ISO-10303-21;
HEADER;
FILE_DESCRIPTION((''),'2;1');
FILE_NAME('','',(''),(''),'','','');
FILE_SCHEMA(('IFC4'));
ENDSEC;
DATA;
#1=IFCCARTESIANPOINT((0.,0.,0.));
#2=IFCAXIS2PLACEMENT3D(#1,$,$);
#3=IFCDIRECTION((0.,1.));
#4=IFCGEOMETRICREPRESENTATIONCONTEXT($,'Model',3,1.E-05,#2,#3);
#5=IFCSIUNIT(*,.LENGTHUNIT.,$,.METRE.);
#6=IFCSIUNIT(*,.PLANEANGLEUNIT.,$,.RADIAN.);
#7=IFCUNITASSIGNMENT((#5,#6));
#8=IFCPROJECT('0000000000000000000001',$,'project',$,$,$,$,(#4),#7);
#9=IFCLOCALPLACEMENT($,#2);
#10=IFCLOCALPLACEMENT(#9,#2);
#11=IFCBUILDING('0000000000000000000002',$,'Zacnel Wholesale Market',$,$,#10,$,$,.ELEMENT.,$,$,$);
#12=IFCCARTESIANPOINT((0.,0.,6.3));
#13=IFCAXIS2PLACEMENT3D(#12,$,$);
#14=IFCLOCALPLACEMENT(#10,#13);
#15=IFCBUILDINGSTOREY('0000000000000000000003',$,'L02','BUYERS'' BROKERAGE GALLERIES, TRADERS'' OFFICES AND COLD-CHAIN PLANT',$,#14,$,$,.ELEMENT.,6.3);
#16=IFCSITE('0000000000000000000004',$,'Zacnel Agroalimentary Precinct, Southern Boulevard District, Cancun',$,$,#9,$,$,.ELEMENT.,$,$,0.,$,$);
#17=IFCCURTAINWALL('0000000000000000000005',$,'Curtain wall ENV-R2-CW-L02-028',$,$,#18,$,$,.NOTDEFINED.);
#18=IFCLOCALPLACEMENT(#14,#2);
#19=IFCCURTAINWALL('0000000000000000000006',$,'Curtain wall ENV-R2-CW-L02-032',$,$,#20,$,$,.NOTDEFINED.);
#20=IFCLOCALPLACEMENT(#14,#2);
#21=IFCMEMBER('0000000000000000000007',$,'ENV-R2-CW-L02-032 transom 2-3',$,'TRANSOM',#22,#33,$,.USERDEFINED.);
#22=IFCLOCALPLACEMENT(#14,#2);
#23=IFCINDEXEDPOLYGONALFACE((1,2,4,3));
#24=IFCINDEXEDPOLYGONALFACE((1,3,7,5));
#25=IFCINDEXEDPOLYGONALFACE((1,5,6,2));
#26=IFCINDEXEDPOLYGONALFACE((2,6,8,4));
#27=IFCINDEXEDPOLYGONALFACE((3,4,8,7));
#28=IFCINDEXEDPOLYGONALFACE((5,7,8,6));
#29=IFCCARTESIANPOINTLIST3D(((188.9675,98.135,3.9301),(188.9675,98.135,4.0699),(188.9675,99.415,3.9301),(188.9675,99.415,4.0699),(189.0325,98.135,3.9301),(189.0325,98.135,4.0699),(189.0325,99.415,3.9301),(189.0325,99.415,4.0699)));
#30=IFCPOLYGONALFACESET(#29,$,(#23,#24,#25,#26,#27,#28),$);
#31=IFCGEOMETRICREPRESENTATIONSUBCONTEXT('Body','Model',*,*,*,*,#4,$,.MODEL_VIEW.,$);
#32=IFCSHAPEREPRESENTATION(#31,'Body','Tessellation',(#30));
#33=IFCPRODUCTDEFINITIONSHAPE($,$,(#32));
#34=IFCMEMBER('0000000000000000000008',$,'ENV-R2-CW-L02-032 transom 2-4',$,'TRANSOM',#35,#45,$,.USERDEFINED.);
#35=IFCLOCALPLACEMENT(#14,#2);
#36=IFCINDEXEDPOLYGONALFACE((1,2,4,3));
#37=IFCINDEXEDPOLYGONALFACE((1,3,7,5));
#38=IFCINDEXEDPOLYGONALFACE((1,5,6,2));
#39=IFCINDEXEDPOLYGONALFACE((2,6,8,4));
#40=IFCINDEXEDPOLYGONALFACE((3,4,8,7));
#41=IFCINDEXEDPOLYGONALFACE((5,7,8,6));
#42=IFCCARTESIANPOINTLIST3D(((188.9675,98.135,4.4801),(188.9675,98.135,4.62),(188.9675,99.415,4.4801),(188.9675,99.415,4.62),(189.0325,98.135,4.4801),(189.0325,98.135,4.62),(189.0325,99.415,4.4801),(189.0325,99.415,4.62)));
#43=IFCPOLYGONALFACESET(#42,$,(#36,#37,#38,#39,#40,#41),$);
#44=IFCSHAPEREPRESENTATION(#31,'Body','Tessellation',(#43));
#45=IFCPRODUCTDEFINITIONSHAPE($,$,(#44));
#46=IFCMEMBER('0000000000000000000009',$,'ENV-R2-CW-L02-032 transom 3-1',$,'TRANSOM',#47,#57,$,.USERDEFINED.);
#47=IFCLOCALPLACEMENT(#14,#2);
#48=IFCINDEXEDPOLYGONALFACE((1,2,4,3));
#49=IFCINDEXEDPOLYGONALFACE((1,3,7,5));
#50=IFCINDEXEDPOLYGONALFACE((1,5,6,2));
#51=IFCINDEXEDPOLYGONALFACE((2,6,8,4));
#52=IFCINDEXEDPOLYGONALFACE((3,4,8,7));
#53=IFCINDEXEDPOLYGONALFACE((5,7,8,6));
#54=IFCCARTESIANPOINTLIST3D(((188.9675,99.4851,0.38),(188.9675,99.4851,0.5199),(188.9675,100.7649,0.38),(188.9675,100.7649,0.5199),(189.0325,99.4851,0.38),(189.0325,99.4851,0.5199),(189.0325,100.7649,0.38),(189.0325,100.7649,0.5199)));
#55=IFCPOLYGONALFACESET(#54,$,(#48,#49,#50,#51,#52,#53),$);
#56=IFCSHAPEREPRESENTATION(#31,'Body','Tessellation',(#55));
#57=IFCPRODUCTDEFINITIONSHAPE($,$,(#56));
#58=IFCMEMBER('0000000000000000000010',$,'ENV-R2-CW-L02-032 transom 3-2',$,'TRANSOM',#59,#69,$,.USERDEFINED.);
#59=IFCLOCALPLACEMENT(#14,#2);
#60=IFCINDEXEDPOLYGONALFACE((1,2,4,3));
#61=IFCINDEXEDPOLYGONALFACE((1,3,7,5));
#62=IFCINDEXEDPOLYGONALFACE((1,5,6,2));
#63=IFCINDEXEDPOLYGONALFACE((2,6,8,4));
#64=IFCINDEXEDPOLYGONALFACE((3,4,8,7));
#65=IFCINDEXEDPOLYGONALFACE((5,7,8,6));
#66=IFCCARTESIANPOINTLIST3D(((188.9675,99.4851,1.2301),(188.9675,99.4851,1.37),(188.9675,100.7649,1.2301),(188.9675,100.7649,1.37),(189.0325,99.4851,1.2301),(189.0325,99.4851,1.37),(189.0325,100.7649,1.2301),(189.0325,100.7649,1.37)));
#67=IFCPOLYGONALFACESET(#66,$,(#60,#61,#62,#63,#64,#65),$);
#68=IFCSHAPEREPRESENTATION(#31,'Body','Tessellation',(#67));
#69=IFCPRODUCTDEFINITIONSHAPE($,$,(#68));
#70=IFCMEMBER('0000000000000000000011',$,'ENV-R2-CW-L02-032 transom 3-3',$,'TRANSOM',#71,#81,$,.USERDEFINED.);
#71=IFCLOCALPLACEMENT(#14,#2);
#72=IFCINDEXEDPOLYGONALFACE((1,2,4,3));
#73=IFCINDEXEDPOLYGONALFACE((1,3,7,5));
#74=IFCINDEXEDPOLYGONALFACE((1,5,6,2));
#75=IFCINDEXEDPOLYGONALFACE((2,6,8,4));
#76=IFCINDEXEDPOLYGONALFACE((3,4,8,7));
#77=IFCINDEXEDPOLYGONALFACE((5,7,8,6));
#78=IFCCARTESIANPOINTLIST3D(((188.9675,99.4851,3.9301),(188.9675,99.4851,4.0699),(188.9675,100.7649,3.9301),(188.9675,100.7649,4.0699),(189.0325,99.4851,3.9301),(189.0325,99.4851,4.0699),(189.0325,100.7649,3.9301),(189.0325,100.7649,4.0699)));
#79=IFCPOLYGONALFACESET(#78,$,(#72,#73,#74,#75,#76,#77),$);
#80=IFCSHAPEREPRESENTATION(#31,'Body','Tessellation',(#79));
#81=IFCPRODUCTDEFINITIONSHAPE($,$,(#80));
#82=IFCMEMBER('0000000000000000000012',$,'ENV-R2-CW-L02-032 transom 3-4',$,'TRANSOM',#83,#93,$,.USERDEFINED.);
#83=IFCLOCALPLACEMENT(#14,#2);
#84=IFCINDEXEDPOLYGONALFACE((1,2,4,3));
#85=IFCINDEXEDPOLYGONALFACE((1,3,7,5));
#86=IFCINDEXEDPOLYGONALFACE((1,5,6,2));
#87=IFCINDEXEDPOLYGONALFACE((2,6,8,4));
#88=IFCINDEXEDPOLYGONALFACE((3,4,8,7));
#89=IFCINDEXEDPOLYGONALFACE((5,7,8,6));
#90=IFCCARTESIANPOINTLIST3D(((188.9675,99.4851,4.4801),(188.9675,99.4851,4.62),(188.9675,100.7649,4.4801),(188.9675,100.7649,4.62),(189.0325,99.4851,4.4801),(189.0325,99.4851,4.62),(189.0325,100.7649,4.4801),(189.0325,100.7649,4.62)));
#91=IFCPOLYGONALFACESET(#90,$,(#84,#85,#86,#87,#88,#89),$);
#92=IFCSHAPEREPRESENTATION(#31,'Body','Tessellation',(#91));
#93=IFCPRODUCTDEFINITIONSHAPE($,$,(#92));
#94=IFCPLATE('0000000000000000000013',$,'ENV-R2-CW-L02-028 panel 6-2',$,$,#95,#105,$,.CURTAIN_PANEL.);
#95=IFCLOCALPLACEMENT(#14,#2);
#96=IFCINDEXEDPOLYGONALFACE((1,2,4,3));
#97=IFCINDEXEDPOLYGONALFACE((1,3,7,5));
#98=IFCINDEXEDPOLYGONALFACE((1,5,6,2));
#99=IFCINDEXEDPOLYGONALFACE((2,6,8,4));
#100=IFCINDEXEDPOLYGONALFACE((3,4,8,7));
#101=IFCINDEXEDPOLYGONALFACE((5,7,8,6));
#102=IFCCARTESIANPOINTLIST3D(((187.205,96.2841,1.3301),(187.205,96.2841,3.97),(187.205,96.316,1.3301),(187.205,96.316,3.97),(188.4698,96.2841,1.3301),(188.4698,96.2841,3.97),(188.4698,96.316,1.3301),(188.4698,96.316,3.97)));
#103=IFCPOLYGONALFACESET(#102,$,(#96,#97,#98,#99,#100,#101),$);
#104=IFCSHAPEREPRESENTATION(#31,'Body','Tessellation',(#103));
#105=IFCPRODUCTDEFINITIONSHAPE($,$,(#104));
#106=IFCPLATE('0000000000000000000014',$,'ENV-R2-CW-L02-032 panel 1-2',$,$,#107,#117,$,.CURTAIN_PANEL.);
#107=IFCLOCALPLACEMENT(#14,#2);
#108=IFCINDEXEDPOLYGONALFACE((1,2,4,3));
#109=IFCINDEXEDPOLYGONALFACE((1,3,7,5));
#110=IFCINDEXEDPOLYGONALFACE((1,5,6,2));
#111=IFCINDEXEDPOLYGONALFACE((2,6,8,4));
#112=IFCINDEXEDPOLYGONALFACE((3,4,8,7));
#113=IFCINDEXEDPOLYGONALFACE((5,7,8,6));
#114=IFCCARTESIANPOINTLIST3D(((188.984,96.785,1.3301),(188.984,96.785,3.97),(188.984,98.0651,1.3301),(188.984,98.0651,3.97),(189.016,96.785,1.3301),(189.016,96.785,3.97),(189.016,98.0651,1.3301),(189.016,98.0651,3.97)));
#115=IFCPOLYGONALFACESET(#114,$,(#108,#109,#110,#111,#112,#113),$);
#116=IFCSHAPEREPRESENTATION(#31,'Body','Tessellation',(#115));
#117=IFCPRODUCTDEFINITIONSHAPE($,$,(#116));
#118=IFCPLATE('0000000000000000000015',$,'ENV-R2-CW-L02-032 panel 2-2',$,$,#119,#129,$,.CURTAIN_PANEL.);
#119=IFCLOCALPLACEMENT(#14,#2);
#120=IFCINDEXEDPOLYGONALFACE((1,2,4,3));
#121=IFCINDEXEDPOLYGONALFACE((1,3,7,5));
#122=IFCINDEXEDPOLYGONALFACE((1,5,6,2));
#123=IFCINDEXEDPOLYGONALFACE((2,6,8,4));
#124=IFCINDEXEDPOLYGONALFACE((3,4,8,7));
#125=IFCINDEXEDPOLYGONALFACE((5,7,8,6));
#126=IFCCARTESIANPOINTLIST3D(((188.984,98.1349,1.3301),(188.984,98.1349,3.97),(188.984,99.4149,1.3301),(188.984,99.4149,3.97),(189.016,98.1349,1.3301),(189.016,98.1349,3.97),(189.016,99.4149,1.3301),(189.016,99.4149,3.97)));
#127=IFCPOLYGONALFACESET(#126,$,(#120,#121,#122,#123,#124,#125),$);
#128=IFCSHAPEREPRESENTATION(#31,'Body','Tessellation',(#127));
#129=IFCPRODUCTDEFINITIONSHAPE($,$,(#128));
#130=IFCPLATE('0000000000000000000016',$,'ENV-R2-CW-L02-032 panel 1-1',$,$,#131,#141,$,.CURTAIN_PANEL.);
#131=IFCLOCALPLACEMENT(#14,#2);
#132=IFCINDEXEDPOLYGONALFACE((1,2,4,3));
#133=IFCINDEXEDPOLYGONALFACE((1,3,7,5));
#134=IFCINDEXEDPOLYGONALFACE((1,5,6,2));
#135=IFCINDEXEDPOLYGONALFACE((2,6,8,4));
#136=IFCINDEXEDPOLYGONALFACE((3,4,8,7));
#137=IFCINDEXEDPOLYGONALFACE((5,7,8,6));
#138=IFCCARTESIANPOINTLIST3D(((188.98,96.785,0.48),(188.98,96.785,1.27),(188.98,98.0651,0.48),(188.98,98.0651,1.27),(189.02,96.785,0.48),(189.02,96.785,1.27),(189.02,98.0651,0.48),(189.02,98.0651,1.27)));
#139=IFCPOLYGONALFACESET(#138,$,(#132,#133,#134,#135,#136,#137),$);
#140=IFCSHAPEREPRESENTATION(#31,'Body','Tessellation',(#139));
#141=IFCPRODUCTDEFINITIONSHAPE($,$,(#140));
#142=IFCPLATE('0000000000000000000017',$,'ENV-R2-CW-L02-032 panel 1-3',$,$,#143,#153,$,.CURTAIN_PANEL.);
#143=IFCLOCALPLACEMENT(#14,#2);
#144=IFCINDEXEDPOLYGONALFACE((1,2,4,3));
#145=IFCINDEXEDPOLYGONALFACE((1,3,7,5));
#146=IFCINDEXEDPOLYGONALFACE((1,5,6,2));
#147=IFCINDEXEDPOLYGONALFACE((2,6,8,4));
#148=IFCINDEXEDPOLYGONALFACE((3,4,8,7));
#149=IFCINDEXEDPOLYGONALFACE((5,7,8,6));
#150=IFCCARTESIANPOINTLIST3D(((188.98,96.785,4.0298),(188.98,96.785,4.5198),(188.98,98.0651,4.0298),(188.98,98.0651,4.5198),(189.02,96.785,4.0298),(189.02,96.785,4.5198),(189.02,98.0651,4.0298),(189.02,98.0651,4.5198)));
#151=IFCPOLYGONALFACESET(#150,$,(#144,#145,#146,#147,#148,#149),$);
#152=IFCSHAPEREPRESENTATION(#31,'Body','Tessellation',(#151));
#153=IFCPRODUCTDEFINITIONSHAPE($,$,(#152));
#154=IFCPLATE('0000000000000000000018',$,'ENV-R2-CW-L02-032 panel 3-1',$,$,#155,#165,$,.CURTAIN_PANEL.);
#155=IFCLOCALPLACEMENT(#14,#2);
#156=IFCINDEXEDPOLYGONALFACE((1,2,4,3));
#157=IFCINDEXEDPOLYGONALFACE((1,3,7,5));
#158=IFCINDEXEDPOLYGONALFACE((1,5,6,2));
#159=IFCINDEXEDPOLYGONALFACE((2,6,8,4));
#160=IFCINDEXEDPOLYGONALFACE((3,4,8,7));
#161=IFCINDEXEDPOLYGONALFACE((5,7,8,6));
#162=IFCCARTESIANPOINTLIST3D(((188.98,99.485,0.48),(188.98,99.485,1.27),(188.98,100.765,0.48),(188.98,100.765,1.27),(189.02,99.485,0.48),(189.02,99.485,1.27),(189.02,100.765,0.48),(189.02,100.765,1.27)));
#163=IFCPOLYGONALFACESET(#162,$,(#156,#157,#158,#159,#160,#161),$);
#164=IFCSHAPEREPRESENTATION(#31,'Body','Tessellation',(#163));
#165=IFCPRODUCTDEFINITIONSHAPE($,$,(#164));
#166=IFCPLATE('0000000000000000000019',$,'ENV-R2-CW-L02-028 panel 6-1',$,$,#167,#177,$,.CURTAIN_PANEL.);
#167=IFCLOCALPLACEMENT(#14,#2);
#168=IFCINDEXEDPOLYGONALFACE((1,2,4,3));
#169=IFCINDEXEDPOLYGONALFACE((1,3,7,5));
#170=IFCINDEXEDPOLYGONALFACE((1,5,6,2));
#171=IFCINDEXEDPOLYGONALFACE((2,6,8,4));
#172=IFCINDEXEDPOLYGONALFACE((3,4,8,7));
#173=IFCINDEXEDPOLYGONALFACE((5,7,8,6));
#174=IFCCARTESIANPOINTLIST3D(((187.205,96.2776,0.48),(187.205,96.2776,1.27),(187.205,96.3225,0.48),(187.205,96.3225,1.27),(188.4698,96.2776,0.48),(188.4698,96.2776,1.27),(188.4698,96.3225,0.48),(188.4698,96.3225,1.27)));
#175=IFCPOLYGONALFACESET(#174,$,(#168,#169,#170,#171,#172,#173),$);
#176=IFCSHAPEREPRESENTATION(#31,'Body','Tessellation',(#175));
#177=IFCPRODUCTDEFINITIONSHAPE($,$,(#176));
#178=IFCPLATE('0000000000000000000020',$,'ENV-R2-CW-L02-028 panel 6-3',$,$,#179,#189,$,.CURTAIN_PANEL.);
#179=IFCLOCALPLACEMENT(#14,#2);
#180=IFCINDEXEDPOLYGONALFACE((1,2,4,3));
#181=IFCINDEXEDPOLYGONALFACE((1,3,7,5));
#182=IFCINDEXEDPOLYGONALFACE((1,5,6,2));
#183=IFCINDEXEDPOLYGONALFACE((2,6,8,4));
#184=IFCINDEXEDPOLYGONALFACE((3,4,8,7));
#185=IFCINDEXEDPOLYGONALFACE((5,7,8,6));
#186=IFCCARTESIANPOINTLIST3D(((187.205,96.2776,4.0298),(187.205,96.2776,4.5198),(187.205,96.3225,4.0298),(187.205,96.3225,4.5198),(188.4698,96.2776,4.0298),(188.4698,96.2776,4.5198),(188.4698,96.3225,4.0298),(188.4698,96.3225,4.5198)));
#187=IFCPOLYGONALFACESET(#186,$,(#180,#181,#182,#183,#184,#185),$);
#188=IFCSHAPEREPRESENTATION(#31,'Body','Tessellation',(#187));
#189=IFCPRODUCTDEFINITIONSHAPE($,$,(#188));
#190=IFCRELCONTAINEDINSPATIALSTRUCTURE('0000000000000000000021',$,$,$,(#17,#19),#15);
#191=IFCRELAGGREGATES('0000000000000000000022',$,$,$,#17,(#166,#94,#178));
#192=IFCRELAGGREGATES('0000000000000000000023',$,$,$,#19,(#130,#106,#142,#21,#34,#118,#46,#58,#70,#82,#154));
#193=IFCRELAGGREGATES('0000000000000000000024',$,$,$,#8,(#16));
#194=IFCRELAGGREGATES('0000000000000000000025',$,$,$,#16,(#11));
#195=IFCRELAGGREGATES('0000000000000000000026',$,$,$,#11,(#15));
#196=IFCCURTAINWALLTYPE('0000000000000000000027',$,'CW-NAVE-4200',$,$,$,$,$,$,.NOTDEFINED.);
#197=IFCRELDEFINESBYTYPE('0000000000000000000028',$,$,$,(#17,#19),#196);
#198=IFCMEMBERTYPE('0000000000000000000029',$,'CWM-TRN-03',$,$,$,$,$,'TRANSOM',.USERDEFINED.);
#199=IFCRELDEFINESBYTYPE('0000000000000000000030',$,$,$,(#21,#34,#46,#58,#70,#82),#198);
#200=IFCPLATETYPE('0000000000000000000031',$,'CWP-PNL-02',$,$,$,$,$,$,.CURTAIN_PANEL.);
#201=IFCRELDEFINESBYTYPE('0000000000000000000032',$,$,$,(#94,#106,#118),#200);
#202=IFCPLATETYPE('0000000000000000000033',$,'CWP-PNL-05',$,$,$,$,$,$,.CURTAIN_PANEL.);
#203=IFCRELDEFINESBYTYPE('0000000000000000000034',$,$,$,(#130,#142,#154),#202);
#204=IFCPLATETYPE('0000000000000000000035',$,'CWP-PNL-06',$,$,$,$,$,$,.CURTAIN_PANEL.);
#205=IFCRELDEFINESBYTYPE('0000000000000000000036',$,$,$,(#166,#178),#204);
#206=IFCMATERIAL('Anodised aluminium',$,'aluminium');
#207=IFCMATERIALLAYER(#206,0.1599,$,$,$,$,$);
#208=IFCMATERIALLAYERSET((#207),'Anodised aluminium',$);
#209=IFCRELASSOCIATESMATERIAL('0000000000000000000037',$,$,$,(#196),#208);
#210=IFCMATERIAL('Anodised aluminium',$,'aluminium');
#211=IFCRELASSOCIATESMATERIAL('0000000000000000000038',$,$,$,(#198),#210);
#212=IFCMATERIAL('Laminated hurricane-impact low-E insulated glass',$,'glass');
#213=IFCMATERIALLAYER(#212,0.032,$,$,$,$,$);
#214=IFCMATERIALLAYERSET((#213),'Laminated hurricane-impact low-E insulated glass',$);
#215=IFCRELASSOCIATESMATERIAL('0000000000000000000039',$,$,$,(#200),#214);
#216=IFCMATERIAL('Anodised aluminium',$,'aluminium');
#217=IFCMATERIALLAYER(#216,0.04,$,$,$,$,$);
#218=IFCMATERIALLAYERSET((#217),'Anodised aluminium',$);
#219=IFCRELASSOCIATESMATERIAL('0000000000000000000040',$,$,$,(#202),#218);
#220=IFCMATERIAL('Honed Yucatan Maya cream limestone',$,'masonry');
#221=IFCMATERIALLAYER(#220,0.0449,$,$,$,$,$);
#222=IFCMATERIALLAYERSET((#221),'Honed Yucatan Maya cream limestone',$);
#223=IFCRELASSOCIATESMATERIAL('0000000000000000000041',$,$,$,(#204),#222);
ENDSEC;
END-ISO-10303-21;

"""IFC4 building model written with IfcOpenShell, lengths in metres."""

from ifc_helpers import new_model, si_unit, direction, frame, origin, origin_2d, place, context, subcontext, project, spatial, rectangle, extrude, material, layer, layer_set, material_profile, profile_set, type_object, element, aggregate, save


model = new_model("IFC4")

# Units and contexts
model_context = context("Model", 3, precision=1e-05, world=origin(), true_north=direction((0.0, 1.0)))
body_context = subcontext(model_context, "Body", "Model", "MODEL_VIEW")
ifc_project = project(units=[si_unit("LENGTHUNIT", "METRE"), si_unit("PLANEANGLEUNIT", "RADIAN")], contexts=[model_context])

# Site, building, storey
site_placement = place(None, origin())
site = spatial("IfcSite", under=ifc_project, at=site_placement, Name="Zacnel Agroalimentary Precinct, Southern Boulevard District, Cancun", CompositionType="ELEMENT", RefElevation=0.0)
building_placement = place(site_placement, origin())
building = spatial("IfcBuilding", under=site, at=building_placement, Name="Zacnel Wholesale Market", CompositionType="ELEMENT")
storey_placement = place(building_placement, frame((0.0, 0.0, 6.3)))
storey = spatial("IfcBuildingStorey", under=building, at=storey_placement, Name="L02", Description="BUYERS' BROKERAGE GALLERIES, TRADERS' OFFICES AND COLD-CHAIN PLANT", CompositionType="ELEMENT", Elevation=6.3)

# Curtain wall
ifc_material_1 = material(Name="Anodised aluminium", Category="aluminium")
ifc_layer_1 = layer(ifc_material_1, 0.1599)
ifc_layer_set_1 = layer_set([ifc_layer_1], Name="Anodised aluminium")
curtain_wall_type = type_object("IfcCurtainWallType", Name="CW-NAVE-4200", PredefinedType="NOTDEFINED", material=ifc_layer_set_1)
curtain_wall_1_placement = place(storey_placement, origin())
curtain_wall_1 = element("IfcCurtainWall", 1, at=curtain_wall_1_placement, inside=storey, type_object=curtain_wall_type, Name="Curtain wall ENV-R2-CW-L02-028", PredefinedType="NOTDEFINED")

# Curtain wall
curtain_wall_2_placement = place(storey_placement, origin())
curtain_wall_2 = element("IfcCurtainWall", 2, at=curtain_wall_2_placement, inside=storey, type_object=curtain_wall_type, Name="Curtain wall ENV-R2-CW-L02-032", PredefinedType="NOTDEFINED")

# Members
ifc_material_2 = material(Name="Anodised aluminium", Category="aluminium")
ifc_material_profile_1 = material_profile(ifc_material_2, rectangle(XDim=0.0649, YDim=0.1399, at=origin_2d()), Name="AW-TRANSOM 65x140")
ifc_profile_set_1 = profile_set([ifc_material_profile_1], Name="Anodised aluminium")
member_type_1 = type_object("IfcMemberType", Name="CWM-TRN-03", ElementType="TRANSOM", PredefinedType="USERDEFINED", material=ifc_profile_set_1)
member_1_placement = place(storey_placement, frame((189.0, 98.135, 4.0), z_axis=(0.0, 1.0, 0.0), x_axis=(-1.0, 0.0, 0.0)))
member_1 = element("IfcMember", 3, at=member_1_placement, type_object=member_type_1, Name="ENV-R2-CW-L02-032 transom 2-3", ObjectType="TRANSOM", PredefinedType="USERDEFINED", context=body_context, shape_type="SweptSolid", body=[
    extrude(rectangle(XDim=0.0649, YDim=0.1399, at=origin_2d()), origin(), (0.0, 0.0, 1.0), 1.28),
])
member_2_placement = place(storey_placement, frame((189.0, 98.135, 4.55), z_axis=(0.0, 1.0, 0.0), x_axis=(-1.0, 0.0, 0.0)))
member_2 = element("IfcMember", 4, at=member_2_placement, type_object=member_type_1, Name="ENV-R2-CW-L02-032 transom 2-4", ObjectType="TRANSOM", PredefinedType="USERDEFINED", context=body_context, shape_type="SweptSolid", body=[
    extrude(rectangle(XDim=0.0649, YDim=0.1399, at=origin_2d()), origin(), (0.0, 0.0, 1.0), 1.28),
])
member_3_placement = place(storey_placement, frame((189.0, 99.4851, 0.45), z_axis=(0.0, 1.0, 0.0), x_axis=(-1.0, 0.0, 0.0)))
member_3 = element("IfcMember", 5, at=member_3_placement, type_object=member_type_1, Name="ENV-R2-CW-L02-032 transom 3-1", ObjectType="TRANSOM", PredefinedType="USERDEFINED", context=body_context, shape_type="SweptSolid", body=[
    extrude(rectangle(XDim=0.0649, YDim=0.1399, at=origin_2d()), origin(), (0.0, 0.0, 1.0), 1.2798),
])
member_4_placement = place(storey_placement, frame((189.0, 99.4851, 1.3), z_axis=(0.0, 1.0, 0.0), x_axis=(-1.0, 0.0, 0.0)))
member_4 = element("IfcMember", 6, at=member_4_placement, type_object=member_type_1, Name="ENV-R2-CW-L02-032 transom 3-2", ObjectType="TRANSOM", PredefinedType="USERDEFINED", context=body_context, shape_type="SweptSolid", body=[
    extrude(rectangle(XDim=0.0649, YDim=0.1399, at=origin_2d()), origin(), (0.0, 0.0, 1.0), 1.2798),
])
member_5_placement = place(storey_placement, frame((189.0, 99.4851, 4.0), z_axis=(0.0, 1.0, 0.0), x_axis=(-1.0, 0.0, 0.0)))
member_5 = element("IfcMember", 7, at=member_5_placement, type_object=member_type_1, Name="ENV-R2-CW-L02-032 transom 3-3", ObjectType="TRANSOM", PredefinedType="USERDEFINED", context=body_context, shape_type="SweptSolid", body=[
    extrude(rectangle(XDim=0.0649, YDim=0.1399, at=origin_2d()), origin(), (0.0, 0.0, 1.0), 1.2798),
])
member_6_placement = place(storey_placement, frame((189.0, 99.4851, 4.55), z_axis=(0.0, 1.0, 0.0), x_axis=(-1.0, 0.0, 0.0)))
member_6 = element("IfcMember", 8, at=member_6_placement, type_object=member_type_1, Name="ENV-R2-CW-L02-032 transom 3-4", ObjectType="TRANSOM", PredefinedType="USERDEFINED", context=body_context, shape_type="SweptSolid", body=[
    extrude(rectangle(XDim=0.0649, YDim=0.1399, at=origin_2d()), origin(), (0.0, 0.0, 1.0), 1.2798),
])

# Plates
ifc_material_3 = material(Name="Laminated hurricane-impact low-E insulated glass", Category="glass")
ifc_layer_2 = layer(ifc_material_3, 0.032)
ifc_layer_set_2 = layer_set([ifc_layer_2], Name="Laminated hurricane-impact low-E insulated glass")
plate_type_1 = type_object("IfcPlateType", Name="CWP-PNL-02", PredefinedType="CURTAIN_PANEL", material=ifc_layer_set_2)
plate_1_placement = place(storey_placement, frame((187.8374, 96.3, 1.3301), z_axis=(0.0, 0.0, 1.0), x_axis=(1.0, 0.0, 0.0)))
plate_1 = element("IfcPlate", 9, at=plate_1_placement, type_object=plate_type_1, Name="ENV-R2-CW-L02-028 panel 6-2", PredefinedType="CURTAIN_PANEL", context=body_context, shape_type="SweptSolid", body=[
    extrude(rectangle(XDim=1.2649, YDim=0.032, at=origin_2d()), origin(), (0.0, 0.0, 1.0), 2.6399),
])
plate_2_placement = place(storey_placement, frame((189.0, 97.425, 1.3301), z_axis=(0.0, 0.0, 1.0), x_axis=(0.0, 1.0, 0.0)))
plate_2 = element("IfcPlate", 10, at=plate_2_placement, type_object=plate_type_1, Name="ENV-R2-CW-L02-032 panel 1-2", PredefinedType="CURTAIN_PANEL", context=body_context, shape_type="SweptSolid", body=[
    extrude(rectangle(XDim=1.28, YDim=0.032, at=origin_2d()), origin(), (0.0, 0.0, 1.0), 2.6399),
])
plate_3_placement = place(storey_placement, frame((189.0, 98.7749, 1.3301), z_axis=(0.0, 0.0, 1.0), x_axis=(0.0, 1.0, 0.0)))
plate_3 = element("IfcPlate", 11, at=plate_3_placement, type_object=plate_type_1, Name="ENV-R2-CW-L02-032 panel 2-2", PredefinedType="CURTAIN_PANEL", context=body_context, shape_type="SweptSolid", body=[
    extrude(rectangle(XDim=1.28, YDim=0.032, at=origin_2d()), origin(), (0.0, 0.0, 1.0), 2.6399),
])
ifc_material_4 = material(Name="Anodised aluminium", Category="aluminium")
ifc_layer_3 = layer(ifc_material_4, 0.04)
ifc_layer_set_3 = layer_set([ifc_layer_3], Name="Anodised aluminium")
plate_type_2 = type_object("IfcPlateType", Name="CWP-PNL-05", PredefinedType="CURTAIN_PANEL", material=ifc_layer_set_3)
plate_4_placement = place(storey_placement, frame((189.0, 97.425, 0.48), z_axis=(0.0, 0.0, 1.0), x_axis=(0.0, 1.0, 0.0)))
plate_4 = element("IfcPlate", 12, at=plate_4_placement, type_object=plate_type_2, Name="ENV-R2-CW-L02-032 panel 1-1", PredefinedType="CURTAIN_PANEL", context=body_context, shape_type="SweptSolid", body=[
    extrude(rectangle(XDim=1.28, YDim=0.04, at=origin_2d()), origin(), (0.0, 0.0, 1.0), 0.79),
])
plate_5_placement = place(storey_placement, frame((189.0, 97.425, 4.0298), z_axis=(0.0, 0.0, 1.0), x_axis=(0.0, 1.0, 0.0)))
plate_5 = element("IfcPlate", 13, at=plate_5_placement, type_object=plate_type_2, Name="ENV-R2-CW-L02-032 panel 1-3", PredefinedType="CURTAIN_PANEL", context=body_context, shape_type="SweptSolid", body=[
    extrude(rectangle(XDim=1.28, YDim=0.04, at=origin_2d()), origin(), (0.0, 0.0, 1.0), 0.49),
])
plate_6_placement = place(storey_placement, frame((189.0, 100.125, 0.48), z_axis=(0.0, 0.0, 1.0), x_axis=(0.0, 1.0, 0.0)))
plate_6 = element("IfcPlate", 14, at=plate_6_placement, type_object=plate_type_2, Name="ENV-R2-CW-L02-032 panel 3-1", PredefinedType="CURTAIN_PANEL", context=body_context, shape_type="SweptSolid", body=[
    extrude(rectangle(XDim=1.28, YDim=0.04, at=origin_2d()), origin(), (0.0, 0.0, 1.0), 0.79),
])
ifc_material_5 = material(Name="Honed Yucatan Maya cream limestone", Category="masonry")
ifc_layer_4 = layer(ifc_material_5, 0.0449)
ifc_layer_set_4 = layer_set([ifc_layer_4], Name="Honed Yucatan Maya cream limestone")
plate_type_3 = type_object("IfcPlateType", Name="CWP-PNL-06", PredefinedType="CURTAIN_PANEL", material=ifc_layer_set_4)
plate_7_placement = place(storey_placement, frame((187.8374, 96.3, 0.48), z_axis=(0.0, 0.0, 1.0), x_axis=(1.0, 0.0, 0.0)))
plate_7 = element("IfcPlate", 15, at=plate_7_placement, type_object=plate_type_3, Name="ENV-R2-CW-L02-028 panel 6-1", PredefinedType="CURTAIN_PANEL", context=body_context, shape_type="SweptSolid", body=[
    extrude(rectangle(XDim=1.2649, YDim=0.0449, at=origin_2d()), origin(), (0.0, 0.0, 1.0), 0.79),
])
plate_8_placement = place(storey_placement, frame((187.8374, 96.3, 4.0298), z_axis=(0.0, 0.0, 1.0), x_axis=(1.0, 0.0, 0.0)))
plate_8 = element("IfcPlate", 16, at=plate_8_placement, type_object=plate_type_3, Name="ENV-R2-CW-L02-028 panel 6-3", PredefinedType="CURTAIN_PANEL", context=body_context, shape_type="SweptSolid", body=[
    extrude(rectangle(XDim=1.2649, YDim=0.0449, at=origin_2d()), origin(), (0.0, 0.0, 1.0), 0.49),
])
aggregate(curtain_wall_1, [plate_7, plate_1, plate_8])
aggregate(curtain_wall_2, [plate_4, plate_2, plate_5, member_1, member_2, plate_3, member_3, member_4, member_5, member_6, plate_6])

save(model, "model.ifc")
